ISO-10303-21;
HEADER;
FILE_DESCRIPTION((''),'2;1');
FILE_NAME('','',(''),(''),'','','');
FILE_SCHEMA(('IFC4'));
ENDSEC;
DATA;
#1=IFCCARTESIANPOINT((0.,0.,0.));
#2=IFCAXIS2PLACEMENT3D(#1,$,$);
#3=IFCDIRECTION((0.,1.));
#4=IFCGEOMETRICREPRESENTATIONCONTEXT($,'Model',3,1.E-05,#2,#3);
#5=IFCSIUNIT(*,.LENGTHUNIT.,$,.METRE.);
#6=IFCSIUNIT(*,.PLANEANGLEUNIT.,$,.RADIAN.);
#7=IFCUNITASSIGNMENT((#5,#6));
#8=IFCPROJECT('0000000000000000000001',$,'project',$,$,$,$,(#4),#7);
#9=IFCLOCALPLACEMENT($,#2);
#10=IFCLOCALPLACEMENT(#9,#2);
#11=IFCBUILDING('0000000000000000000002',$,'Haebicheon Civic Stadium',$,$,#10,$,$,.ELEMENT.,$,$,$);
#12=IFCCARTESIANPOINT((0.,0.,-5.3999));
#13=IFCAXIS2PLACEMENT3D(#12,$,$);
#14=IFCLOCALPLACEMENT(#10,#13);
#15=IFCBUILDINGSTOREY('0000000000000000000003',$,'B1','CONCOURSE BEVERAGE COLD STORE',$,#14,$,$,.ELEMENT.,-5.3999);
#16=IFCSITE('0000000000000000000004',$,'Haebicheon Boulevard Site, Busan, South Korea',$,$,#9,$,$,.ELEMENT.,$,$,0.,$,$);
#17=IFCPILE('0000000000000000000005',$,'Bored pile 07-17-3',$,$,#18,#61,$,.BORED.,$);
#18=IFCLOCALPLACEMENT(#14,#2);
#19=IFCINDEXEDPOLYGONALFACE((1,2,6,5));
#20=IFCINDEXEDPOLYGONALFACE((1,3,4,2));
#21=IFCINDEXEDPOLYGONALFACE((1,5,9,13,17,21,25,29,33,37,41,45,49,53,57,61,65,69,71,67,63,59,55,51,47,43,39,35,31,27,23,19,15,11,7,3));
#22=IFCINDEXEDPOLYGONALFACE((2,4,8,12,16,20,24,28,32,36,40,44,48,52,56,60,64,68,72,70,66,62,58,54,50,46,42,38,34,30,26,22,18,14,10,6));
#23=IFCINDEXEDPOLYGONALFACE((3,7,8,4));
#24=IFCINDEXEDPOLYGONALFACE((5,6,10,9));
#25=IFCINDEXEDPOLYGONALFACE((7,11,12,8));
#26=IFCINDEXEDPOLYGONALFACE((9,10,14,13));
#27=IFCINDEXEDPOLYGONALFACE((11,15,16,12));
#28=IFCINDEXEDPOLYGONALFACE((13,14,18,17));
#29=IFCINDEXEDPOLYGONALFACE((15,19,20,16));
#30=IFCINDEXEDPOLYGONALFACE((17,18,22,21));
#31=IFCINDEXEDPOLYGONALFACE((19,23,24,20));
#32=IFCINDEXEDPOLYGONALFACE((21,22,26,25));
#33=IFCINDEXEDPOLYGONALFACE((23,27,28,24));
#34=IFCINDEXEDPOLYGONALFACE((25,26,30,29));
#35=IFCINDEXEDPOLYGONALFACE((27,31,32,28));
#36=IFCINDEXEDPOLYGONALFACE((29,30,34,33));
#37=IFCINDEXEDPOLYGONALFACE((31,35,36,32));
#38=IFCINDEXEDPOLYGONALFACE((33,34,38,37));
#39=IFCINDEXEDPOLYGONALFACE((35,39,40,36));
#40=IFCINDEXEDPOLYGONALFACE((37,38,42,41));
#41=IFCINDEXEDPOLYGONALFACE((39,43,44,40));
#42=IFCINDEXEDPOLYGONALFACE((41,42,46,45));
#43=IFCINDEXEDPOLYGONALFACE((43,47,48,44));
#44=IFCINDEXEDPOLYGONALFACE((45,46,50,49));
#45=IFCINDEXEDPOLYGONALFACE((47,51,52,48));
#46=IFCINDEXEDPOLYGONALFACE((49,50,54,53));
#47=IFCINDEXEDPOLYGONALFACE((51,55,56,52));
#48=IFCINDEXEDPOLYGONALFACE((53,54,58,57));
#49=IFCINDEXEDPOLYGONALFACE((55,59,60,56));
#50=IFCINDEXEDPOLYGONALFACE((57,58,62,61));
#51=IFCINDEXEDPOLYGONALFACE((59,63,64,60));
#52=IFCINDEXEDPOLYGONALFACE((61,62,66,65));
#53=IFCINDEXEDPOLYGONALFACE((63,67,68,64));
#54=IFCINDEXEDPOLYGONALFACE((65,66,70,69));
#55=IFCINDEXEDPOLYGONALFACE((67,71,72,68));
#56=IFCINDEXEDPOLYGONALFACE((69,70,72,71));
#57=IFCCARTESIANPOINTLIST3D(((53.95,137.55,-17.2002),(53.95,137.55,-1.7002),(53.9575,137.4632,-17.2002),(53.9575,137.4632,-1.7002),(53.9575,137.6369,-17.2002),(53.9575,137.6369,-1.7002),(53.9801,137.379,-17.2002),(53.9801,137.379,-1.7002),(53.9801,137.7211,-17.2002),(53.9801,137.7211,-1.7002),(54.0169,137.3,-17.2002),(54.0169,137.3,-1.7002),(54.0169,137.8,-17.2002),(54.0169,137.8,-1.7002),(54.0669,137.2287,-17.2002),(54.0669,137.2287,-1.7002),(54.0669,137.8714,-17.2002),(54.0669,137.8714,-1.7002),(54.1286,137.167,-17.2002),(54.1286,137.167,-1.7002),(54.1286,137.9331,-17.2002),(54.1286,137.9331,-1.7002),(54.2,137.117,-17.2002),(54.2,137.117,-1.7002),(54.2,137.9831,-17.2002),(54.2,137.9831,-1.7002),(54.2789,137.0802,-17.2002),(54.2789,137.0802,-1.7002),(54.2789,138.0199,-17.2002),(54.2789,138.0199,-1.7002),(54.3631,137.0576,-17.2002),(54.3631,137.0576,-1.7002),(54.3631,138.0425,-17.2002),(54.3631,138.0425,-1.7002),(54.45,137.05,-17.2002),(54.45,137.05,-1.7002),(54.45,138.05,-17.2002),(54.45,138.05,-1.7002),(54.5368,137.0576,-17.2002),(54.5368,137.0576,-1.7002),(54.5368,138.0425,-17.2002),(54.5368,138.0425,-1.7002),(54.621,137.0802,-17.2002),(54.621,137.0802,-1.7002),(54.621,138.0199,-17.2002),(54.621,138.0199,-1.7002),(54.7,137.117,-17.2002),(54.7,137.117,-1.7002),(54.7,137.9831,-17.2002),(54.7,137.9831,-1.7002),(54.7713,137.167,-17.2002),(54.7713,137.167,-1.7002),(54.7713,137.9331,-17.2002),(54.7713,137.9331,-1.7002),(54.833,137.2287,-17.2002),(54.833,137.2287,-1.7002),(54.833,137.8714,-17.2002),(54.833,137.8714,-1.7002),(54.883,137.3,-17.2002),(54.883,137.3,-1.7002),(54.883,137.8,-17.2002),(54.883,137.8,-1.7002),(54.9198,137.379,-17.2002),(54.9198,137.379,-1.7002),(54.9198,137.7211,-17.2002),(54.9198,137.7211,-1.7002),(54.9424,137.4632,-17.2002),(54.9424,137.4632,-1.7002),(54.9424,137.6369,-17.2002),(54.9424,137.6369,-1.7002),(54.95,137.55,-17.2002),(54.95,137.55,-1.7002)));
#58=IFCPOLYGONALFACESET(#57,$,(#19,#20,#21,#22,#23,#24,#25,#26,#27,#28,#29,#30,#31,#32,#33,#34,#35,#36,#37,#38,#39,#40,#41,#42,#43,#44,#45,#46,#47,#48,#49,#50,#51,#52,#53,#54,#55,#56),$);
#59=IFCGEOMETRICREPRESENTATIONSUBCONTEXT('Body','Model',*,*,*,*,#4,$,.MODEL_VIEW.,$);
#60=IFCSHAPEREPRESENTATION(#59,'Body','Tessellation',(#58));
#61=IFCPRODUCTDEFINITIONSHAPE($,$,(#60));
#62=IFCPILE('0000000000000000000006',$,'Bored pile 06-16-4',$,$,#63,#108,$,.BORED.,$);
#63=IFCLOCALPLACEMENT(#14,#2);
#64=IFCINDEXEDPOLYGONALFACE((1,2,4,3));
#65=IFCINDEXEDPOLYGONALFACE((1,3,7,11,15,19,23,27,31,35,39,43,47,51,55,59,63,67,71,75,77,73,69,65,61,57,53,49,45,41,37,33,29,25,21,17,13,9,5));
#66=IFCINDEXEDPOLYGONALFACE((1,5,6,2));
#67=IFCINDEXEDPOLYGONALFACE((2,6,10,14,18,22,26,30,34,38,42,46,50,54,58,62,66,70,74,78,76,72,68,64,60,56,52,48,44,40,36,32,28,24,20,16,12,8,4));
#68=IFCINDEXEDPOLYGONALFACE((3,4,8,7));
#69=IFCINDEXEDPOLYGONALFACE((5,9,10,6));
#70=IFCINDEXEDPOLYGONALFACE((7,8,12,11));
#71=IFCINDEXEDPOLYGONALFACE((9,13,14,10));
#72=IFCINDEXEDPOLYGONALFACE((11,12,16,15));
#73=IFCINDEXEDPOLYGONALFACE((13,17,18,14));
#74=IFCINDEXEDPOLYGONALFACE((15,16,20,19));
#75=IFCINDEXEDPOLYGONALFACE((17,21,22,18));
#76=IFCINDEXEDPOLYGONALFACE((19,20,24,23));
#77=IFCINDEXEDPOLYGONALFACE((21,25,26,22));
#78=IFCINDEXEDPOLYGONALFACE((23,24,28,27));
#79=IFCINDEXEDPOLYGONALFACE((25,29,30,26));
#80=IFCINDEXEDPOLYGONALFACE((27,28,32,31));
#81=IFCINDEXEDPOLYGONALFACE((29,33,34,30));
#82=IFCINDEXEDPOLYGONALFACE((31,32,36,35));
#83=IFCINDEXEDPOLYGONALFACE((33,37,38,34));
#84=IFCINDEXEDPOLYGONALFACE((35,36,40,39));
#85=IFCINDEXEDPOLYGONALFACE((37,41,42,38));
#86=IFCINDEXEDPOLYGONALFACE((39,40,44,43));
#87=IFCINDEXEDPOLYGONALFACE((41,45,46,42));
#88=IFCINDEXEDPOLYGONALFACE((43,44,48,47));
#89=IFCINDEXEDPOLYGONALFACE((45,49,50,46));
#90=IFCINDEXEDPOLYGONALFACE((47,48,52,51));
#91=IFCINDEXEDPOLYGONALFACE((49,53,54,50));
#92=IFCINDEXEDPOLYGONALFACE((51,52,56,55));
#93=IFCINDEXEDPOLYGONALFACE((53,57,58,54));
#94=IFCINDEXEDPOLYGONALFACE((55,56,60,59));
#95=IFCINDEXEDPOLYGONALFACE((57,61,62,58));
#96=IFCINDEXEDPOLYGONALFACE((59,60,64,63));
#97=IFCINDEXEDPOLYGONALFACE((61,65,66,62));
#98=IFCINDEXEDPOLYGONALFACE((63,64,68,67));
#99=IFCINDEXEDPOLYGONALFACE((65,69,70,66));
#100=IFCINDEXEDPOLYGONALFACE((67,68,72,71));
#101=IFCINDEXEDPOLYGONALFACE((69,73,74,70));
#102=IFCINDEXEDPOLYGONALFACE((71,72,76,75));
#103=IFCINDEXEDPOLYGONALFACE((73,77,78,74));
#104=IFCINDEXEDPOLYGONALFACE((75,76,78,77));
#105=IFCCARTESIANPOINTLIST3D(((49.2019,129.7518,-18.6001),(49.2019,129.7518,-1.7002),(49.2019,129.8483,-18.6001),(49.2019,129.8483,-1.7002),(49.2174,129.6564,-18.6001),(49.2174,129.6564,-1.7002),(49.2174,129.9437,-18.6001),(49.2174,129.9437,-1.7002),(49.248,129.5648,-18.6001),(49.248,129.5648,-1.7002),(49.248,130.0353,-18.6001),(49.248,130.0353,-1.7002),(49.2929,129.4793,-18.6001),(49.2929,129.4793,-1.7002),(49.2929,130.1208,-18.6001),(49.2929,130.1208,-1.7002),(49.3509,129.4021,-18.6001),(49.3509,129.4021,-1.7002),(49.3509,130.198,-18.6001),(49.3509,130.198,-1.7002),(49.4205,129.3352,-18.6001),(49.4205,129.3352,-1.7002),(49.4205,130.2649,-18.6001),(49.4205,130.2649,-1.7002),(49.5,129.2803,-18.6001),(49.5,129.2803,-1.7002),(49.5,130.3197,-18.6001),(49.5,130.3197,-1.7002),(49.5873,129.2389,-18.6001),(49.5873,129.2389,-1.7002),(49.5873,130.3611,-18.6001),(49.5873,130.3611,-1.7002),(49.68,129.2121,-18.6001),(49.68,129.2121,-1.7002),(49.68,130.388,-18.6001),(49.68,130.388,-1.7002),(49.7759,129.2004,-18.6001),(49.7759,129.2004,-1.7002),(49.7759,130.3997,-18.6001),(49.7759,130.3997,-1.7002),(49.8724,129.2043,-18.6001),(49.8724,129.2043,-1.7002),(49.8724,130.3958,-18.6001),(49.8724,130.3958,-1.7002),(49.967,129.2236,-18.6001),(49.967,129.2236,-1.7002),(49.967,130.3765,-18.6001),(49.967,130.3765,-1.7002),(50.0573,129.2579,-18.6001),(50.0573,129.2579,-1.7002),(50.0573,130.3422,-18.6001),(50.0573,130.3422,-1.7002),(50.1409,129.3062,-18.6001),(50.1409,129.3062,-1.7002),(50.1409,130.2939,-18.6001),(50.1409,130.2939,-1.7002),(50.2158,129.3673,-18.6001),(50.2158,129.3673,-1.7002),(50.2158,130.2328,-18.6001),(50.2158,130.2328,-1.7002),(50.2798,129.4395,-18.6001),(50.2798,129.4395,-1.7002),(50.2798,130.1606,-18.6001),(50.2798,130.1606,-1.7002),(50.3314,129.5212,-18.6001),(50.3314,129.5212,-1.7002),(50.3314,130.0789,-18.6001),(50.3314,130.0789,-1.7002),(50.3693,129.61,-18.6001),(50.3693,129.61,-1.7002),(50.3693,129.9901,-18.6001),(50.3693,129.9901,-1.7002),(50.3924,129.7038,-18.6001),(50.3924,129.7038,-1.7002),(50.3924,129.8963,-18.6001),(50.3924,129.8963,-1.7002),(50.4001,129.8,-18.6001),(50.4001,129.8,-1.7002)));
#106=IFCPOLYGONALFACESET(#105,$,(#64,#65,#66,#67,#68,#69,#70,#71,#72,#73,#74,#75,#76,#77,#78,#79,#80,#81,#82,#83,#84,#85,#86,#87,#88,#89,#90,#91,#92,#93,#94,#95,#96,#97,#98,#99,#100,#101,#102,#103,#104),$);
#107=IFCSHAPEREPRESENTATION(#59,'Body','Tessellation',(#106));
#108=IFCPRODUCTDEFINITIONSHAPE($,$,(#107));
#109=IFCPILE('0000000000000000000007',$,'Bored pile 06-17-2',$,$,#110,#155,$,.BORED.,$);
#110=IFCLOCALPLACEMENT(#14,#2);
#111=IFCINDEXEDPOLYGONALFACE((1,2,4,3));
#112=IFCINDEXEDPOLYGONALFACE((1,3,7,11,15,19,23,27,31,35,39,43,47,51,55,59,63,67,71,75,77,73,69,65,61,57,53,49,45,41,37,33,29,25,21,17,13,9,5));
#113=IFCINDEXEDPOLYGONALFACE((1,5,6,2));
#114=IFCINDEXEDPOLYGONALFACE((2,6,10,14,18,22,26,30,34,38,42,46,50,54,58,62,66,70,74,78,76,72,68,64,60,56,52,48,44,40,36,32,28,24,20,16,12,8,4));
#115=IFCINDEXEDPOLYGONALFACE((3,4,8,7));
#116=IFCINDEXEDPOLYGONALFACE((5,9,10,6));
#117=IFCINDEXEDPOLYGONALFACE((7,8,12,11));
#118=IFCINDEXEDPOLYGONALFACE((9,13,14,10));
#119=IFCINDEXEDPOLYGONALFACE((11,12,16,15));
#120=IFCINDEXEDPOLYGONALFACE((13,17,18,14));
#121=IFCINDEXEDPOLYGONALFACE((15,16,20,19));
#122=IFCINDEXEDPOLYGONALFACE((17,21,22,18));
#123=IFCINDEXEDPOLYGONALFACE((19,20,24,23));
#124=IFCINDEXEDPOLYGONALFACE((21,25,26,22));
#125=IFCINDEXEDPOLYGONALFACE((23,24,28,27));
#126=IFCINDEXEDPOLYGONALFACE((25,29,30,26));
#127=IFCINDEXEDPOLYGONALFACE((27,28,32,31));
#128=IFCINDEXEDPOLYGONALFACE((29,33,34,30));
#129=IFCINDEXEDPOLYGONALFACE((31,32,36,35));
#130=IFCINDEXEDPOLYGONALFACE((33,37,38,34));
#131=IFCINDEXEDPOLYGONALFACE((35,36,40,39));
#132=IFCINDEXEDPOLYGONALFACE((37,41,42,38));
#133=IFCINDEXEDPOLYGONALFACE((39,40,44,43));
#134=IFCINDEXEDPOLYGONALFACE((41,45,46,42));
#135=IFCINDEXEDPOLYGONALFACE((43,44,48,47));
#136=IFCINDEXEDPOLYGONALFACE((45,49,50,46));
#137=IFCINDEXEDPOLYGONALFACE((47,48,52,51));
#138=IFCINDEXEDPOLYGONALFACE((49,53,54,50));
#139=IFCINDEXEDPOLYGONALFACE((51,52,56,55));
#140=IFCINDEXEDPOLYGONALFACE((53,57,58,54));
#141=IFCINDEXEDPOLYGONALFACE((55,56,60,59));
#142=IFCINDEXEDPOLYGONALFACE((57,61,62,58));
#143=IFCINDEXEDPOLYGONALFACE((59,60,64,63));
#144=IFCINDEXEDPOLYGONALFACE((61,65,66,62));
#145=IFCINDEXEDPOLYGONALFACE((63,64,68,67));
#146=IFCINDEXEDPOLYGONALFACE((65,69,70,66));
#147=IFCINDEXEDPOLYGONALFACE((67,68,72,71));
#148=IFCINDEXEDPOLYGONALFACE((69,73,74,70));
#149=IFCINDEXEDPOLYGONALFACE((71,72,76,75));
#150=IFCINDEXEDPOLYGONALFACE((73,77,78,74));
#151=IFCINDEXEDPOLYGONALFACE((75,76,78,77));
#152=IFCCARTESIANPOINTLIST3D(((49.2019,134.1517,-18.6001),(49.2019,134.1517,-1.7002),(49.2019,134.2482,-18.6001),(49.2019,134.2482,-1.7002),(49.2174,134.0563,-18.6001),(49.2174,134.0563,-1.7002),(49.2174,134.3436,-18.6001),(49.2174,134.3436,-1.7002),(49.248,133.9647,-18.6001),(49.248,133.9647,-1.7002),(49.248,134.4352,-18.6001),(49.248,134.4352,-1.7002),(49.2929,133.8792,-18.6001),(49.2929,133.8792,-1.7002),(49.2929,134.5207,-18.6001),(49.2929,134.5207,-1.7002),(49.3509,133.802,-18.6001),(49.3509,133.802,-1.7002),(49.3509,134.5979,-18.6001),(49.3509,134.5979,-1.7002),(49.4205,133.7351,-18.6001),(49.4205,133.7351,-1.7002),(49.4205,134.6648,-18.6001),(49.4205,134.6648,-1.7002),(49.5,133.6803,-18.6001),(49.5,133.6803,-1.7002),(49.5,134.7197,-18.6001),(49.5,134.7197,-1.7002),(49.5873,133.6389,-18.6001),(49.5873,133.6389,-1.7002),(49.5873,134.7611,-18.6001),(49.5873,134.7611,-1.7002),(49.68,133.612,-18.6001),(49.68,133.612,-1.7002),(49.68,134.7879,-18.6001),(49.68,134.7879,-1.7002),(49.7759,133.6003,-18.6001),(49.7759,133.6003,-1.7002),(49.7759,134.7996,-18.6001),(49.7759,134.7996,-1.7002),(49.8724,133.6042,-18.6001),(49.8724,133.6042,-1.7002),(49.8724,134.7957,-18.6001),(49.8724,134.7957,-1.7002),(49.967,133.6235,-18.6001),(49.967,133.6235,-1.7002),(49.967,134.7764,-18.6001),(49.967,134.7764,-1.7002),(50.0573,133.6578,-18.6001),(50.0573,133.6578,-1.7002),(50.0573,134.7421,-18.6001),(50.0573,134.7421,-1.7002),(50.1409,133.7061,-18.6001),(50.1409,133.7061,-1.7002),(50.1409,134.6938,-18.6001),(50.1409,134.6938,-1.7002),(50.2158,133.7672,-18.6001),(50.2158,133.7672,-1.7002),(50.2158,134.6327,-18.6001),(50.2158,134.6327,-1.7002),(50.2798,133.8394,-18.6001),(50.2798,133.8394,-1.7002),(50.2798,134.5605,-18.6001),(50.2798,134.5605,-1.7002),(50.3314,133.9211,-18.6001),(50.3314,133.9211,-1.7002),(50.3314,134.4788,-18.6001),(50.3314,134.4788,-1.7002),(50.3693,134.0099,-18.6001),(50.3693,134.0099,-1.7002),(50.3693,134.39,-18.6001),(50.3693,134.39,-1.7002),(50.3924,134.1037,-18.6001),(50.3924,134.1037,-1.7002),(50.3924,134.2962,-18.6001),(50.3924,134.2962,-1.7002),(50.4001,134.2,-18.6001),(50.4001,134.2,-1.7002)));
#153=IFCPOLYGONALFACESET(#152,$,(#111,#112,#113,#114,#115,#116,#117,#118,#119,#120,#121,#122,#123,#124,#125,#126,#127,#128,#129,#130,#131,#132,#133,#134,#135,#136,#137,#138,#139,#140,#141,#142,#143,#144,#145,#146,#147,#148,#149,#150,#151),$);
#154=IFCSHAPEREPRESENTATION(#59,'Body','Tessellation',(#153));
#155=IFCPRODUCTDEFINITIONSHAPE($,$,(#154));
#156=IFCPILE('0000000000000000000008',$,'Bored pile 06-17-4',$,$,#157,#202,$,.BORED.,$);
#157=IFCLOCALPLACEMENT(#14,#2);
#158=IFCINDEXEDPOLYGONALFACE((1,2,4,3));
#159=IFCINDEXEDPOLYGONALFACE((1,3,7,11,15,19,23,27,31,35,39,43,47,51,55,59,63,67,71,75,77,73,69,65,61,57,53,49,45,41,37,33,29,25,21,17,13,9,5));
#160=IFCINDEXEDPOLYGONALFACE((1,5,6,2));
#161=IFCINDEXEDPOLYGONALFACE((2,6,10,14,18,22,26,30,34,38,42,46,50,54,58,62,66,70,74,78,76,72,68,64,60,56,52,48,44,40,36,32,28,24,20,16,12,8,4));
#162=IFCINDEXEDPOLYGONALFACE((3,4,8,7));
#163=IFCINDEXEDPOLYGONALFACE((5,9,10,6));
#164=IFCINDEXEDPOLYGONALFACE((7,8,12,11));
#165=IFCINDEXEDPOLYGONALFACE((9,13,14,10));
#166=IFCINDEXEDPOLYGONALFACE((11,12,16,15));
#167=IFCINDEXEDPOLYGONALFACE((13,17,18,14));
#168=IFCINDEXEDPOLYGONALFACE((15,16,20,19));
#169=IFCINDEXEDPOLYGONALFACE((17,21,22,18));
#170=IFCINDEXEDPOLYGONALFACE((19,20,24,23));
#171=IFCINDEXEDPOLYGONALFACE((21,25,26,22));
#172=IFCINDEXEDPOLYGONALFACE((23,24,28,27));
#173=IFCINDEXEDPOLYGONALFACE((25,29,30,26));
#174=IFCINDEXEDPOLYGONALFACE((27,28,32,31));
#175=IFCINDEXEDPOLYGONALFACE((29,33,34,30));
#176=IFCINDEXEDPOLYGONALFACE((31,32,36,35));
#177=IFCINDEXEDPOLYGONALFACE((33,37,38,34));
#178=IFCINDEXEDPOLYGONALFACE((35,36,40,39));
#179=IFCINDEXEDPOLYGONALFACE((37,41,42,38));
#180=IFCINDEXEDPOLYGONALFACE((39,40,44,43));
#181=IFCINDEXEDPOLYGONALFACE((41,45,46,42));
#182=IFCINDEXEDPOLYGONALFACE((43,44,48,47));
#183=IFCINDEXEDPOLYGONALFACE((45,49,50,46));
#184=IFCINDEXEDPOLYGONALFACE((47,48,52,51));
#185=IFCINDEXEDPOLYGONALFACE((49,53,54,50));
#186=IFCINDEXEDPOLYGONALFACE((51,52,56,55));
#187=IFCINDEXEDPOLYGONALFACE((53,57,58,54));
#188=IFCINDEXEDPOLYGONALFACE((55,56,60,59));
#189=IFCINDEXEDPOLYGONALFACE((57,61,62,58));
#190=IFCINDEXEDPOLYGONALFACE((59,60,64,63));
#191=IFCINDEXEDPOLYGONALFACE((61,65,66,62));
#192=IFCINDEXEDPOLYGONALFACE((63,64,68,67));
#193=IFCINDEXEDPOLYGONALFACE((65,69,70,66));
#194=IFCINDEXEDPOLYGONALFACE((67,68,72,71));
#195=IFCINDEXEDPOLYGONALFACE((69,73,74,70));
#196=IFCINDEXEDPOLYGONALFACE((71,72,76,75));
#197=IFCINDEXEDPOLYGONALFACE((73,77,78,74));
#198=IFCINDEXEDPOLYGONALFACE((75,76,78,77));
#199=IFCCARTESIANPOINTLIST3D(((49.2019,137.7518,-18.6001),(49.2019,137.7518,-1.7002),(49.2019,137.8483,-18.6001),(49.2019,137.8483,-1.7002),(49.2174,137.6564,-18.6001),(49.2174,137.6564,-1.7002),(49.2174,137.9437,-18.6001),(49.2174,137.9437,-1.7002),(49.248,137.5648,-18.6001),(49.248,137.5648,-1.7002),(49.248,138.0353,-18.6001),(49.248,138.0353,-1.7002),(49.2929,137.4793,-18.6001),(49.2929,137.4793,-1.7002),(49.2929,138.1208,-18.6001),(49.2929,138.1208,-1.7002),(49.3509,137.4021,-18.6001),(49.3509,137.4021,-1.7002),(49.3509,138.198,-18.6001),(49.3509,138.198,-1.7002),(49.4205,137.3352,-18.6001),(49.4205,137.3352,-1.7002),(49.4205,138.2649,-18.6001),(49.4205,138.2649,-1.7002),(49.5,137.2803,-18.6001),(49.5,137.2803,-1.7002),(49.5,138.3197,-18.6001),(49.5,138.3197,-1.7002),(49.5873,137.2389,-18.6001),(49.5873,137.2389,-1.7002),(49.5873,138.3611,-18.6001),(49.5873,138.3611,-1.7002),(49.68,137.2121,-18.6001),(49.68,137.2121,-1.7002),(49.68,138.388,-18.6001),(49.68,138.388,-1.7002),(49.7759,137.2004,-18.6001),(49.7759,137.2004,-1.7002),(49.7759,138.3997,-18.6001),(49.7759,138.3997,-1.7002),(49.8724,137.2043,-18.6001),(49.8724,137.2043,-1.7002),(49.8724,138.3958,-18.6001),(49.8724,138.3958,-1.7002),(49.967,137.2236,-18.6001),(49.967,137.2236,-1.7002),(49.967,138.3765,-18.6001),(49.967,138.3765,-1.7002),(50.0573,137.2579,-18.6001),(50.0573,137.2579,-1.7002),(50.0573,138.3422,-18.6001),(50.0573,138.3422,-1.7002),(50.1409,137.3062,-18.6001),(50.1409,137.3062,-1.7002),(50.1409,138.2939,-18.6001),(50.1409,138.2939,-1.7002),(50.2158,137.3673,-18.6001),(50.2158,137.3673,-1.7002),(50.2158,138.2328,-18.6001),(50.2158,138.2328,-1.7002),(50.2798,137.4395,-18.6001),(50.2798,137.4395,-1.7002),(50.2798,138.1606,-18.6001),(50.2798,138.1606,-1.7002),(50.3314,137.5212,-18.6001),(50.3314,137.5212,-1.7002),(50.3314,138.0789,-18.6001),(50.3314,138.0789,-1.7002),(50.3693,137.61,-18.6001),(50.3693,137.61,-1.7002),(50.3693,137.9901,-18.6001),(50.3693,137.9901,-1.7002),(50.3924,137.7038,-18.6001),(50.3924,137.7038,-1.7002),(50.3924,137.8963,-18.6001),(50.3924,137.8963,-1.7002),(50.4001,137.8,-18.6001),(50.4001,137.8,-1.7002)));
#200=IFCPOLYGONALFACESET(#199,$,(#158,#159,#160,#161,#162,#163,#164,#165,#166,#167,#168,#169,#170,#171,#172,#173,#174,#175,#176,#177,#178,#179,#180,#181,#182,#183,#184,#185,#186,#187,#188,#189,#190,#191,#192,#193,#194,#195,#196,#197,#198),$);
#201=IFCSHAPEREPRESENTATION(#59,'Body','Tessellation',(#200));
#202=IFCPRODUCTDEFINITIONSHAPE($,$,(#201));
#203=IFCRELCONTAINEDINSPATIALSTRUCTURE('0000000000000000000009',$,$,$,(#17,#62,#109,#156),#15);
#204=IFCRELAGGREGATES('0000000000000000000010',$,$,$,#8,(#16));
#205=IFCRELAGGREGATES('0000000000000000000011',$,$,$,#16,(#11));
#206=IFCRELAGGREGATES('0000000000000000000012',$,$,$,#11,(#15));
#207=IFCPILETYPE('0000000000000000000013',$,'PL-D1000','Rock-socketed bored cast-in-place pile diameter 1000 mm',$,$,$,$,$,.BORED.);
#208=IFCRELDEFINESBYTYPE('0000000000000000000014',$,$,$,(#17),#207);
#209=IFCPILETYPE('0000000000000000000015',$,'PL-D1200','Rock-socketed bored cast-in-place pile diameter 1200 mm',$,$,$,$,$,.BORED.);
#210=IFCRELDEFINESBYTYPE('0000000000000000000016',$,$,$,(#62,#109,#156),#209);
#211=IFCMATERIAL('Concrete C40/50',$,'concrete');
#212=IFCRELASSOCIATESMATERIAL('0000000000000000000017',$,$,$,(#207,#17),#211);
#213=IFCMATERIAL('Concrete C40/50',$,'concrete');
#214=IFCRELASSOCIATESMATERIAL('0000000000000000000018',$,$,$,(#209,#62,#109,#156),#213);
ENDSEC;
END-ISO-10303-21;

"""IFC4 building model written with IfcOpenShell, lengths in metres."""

from ifc_helpers import new_model, si_unit, direction, frame, origin, origin_2d, place, context, subcontext, project, spatial, circle, extrude, material, material_profile, profile_set, type_object, element, save


model = new_model("IFC4")

# Units and contexts
model_context = context("Model", 3, precision=1e-05, world=origin(), true_north=direction((0.0, 1.0)))
body_context = subcontext(model_context, "Body", "Model", "MODEL_VIEW")
ifc_project = project(units=[si_unit("LENGTHUNIT", "METRE"), si_unit("PLANEANGLEUNIT", "RADIAN")], contexts=[model_context])

# Site, building, storey
site_placement = place(None, origin())
site = spatial("IfcSite", under=ifc_project, at=site_placement, Name="Haebicheon Boulevard Site, Busan, South Korea", CompositionType="ELEMENT", RefElevation=0.0)
building_placement = place(site_placement, origin())
building = spatial("IfcBuilding", under=site, at=building_placement, Name="Haebicheon Civic Stadium", CompositionType="ELEMENT")
storey_placement = place(building_placement, frame((0.0, 0.0, -5.3999)))
storey = spatial("IfcBuildingStorey", under=building, at=storey_placement, Name="B1", Description="CONCOURSE BEVERAGE COLD STORE", CompositionType="ELEMENT", Elevation=-5.3999)

# Piles
ifc_material_1 = material(Name="Concrete C40/50", Category="concrete")
ifc_material_profile_1 = material_profile(ifc_material_1, circle(Radius=0.5, at=origin_2d()), Name="PILE-D1000")
ifc_profile_set_1 = profile_set([ifc_material_profile_1], Name="Concrete C40/50")
pile_type_1 = type_object("IfcPileType", Name="PL-D1000", Description="Rock-socketed bored cast-in-place pile diameter 1000 mm", PredefinedType="BORED", material=ifc_profile_set_1)
for number, where, z_axis, x_axis, name in (
    (1, (54.45, 137.55, -1.7002), (0.0, 0.0, -1.0), (1.0, 0.0, 0.0), "Bored pile 07-17-3"),
):
    element("IfcPile", number, at=place(storey_placement, frame(where, z_axis=z_axis, x_axis=x_axis)), inside=storey, type_object=pile_type_1, material=ifc_profile_set_1, Name=name, PredefinedType="BORED", context=body_context, shape_type="SweptSolid", body=[
        extrude(circle(Radius=0.5, at=origin_2d()), origin(), (0.0, 0.0, 1.0), 15.5),
    ])
ifc_material_2 = material(Name="Concrete C40/50", Category="concrete")
ifc_material_profile_2 = material_profile(ifc_material_2, circle(Radius=0.6001, at=origin_2d()), Name="PILE-D1200")
ifc_profile_set_2 = profile_set([ifc_material_profile_2], Name="Concrete C40/50")
pile_type_2 = type_object("IfcPileType", Name="PL-D1200", Description="Rock-socketed bored cast-in-place pile diameter 1200 mm", PredefinedType="BORED", material=ifc_profile_set_2)
for number, where, z_axis, x_axis, name in (
    (2, (49.8, 129.8, -1.7002), (0.0, 0.0, -1.0), (1.0, 0.0, 0.0), "Bored pile 06-16-4"),
    (3, (49.8, 134.2, -1.7002), (0.0, 0.0, -1.0), (1.0, 0.0, 0.0), "Bored pile 06-17-2"),
    (4, (49.8, 137.8, -1.7002), (0.0, 0.0, -1.0), (1.0, 0.0, 0.0), "Bored pile 06-17-4"),
):
    element("IfcPile", number, at=place(storey_placement, frame(where, z_axis=z_axis, x_axis=x_axis)), inside=storey, type_object=pile_type_2, material=ifc_profile_set_2, Name=name, PredefinedType="BORED", context=body_context, shape_type="SweptSolid", body=[
        extrude(circle(Radius=0.6001, at=origin_2d()), origin(), (0.0, 0.0, 1.0), 16.8999),
    ])

save(model, "model.ifc")
